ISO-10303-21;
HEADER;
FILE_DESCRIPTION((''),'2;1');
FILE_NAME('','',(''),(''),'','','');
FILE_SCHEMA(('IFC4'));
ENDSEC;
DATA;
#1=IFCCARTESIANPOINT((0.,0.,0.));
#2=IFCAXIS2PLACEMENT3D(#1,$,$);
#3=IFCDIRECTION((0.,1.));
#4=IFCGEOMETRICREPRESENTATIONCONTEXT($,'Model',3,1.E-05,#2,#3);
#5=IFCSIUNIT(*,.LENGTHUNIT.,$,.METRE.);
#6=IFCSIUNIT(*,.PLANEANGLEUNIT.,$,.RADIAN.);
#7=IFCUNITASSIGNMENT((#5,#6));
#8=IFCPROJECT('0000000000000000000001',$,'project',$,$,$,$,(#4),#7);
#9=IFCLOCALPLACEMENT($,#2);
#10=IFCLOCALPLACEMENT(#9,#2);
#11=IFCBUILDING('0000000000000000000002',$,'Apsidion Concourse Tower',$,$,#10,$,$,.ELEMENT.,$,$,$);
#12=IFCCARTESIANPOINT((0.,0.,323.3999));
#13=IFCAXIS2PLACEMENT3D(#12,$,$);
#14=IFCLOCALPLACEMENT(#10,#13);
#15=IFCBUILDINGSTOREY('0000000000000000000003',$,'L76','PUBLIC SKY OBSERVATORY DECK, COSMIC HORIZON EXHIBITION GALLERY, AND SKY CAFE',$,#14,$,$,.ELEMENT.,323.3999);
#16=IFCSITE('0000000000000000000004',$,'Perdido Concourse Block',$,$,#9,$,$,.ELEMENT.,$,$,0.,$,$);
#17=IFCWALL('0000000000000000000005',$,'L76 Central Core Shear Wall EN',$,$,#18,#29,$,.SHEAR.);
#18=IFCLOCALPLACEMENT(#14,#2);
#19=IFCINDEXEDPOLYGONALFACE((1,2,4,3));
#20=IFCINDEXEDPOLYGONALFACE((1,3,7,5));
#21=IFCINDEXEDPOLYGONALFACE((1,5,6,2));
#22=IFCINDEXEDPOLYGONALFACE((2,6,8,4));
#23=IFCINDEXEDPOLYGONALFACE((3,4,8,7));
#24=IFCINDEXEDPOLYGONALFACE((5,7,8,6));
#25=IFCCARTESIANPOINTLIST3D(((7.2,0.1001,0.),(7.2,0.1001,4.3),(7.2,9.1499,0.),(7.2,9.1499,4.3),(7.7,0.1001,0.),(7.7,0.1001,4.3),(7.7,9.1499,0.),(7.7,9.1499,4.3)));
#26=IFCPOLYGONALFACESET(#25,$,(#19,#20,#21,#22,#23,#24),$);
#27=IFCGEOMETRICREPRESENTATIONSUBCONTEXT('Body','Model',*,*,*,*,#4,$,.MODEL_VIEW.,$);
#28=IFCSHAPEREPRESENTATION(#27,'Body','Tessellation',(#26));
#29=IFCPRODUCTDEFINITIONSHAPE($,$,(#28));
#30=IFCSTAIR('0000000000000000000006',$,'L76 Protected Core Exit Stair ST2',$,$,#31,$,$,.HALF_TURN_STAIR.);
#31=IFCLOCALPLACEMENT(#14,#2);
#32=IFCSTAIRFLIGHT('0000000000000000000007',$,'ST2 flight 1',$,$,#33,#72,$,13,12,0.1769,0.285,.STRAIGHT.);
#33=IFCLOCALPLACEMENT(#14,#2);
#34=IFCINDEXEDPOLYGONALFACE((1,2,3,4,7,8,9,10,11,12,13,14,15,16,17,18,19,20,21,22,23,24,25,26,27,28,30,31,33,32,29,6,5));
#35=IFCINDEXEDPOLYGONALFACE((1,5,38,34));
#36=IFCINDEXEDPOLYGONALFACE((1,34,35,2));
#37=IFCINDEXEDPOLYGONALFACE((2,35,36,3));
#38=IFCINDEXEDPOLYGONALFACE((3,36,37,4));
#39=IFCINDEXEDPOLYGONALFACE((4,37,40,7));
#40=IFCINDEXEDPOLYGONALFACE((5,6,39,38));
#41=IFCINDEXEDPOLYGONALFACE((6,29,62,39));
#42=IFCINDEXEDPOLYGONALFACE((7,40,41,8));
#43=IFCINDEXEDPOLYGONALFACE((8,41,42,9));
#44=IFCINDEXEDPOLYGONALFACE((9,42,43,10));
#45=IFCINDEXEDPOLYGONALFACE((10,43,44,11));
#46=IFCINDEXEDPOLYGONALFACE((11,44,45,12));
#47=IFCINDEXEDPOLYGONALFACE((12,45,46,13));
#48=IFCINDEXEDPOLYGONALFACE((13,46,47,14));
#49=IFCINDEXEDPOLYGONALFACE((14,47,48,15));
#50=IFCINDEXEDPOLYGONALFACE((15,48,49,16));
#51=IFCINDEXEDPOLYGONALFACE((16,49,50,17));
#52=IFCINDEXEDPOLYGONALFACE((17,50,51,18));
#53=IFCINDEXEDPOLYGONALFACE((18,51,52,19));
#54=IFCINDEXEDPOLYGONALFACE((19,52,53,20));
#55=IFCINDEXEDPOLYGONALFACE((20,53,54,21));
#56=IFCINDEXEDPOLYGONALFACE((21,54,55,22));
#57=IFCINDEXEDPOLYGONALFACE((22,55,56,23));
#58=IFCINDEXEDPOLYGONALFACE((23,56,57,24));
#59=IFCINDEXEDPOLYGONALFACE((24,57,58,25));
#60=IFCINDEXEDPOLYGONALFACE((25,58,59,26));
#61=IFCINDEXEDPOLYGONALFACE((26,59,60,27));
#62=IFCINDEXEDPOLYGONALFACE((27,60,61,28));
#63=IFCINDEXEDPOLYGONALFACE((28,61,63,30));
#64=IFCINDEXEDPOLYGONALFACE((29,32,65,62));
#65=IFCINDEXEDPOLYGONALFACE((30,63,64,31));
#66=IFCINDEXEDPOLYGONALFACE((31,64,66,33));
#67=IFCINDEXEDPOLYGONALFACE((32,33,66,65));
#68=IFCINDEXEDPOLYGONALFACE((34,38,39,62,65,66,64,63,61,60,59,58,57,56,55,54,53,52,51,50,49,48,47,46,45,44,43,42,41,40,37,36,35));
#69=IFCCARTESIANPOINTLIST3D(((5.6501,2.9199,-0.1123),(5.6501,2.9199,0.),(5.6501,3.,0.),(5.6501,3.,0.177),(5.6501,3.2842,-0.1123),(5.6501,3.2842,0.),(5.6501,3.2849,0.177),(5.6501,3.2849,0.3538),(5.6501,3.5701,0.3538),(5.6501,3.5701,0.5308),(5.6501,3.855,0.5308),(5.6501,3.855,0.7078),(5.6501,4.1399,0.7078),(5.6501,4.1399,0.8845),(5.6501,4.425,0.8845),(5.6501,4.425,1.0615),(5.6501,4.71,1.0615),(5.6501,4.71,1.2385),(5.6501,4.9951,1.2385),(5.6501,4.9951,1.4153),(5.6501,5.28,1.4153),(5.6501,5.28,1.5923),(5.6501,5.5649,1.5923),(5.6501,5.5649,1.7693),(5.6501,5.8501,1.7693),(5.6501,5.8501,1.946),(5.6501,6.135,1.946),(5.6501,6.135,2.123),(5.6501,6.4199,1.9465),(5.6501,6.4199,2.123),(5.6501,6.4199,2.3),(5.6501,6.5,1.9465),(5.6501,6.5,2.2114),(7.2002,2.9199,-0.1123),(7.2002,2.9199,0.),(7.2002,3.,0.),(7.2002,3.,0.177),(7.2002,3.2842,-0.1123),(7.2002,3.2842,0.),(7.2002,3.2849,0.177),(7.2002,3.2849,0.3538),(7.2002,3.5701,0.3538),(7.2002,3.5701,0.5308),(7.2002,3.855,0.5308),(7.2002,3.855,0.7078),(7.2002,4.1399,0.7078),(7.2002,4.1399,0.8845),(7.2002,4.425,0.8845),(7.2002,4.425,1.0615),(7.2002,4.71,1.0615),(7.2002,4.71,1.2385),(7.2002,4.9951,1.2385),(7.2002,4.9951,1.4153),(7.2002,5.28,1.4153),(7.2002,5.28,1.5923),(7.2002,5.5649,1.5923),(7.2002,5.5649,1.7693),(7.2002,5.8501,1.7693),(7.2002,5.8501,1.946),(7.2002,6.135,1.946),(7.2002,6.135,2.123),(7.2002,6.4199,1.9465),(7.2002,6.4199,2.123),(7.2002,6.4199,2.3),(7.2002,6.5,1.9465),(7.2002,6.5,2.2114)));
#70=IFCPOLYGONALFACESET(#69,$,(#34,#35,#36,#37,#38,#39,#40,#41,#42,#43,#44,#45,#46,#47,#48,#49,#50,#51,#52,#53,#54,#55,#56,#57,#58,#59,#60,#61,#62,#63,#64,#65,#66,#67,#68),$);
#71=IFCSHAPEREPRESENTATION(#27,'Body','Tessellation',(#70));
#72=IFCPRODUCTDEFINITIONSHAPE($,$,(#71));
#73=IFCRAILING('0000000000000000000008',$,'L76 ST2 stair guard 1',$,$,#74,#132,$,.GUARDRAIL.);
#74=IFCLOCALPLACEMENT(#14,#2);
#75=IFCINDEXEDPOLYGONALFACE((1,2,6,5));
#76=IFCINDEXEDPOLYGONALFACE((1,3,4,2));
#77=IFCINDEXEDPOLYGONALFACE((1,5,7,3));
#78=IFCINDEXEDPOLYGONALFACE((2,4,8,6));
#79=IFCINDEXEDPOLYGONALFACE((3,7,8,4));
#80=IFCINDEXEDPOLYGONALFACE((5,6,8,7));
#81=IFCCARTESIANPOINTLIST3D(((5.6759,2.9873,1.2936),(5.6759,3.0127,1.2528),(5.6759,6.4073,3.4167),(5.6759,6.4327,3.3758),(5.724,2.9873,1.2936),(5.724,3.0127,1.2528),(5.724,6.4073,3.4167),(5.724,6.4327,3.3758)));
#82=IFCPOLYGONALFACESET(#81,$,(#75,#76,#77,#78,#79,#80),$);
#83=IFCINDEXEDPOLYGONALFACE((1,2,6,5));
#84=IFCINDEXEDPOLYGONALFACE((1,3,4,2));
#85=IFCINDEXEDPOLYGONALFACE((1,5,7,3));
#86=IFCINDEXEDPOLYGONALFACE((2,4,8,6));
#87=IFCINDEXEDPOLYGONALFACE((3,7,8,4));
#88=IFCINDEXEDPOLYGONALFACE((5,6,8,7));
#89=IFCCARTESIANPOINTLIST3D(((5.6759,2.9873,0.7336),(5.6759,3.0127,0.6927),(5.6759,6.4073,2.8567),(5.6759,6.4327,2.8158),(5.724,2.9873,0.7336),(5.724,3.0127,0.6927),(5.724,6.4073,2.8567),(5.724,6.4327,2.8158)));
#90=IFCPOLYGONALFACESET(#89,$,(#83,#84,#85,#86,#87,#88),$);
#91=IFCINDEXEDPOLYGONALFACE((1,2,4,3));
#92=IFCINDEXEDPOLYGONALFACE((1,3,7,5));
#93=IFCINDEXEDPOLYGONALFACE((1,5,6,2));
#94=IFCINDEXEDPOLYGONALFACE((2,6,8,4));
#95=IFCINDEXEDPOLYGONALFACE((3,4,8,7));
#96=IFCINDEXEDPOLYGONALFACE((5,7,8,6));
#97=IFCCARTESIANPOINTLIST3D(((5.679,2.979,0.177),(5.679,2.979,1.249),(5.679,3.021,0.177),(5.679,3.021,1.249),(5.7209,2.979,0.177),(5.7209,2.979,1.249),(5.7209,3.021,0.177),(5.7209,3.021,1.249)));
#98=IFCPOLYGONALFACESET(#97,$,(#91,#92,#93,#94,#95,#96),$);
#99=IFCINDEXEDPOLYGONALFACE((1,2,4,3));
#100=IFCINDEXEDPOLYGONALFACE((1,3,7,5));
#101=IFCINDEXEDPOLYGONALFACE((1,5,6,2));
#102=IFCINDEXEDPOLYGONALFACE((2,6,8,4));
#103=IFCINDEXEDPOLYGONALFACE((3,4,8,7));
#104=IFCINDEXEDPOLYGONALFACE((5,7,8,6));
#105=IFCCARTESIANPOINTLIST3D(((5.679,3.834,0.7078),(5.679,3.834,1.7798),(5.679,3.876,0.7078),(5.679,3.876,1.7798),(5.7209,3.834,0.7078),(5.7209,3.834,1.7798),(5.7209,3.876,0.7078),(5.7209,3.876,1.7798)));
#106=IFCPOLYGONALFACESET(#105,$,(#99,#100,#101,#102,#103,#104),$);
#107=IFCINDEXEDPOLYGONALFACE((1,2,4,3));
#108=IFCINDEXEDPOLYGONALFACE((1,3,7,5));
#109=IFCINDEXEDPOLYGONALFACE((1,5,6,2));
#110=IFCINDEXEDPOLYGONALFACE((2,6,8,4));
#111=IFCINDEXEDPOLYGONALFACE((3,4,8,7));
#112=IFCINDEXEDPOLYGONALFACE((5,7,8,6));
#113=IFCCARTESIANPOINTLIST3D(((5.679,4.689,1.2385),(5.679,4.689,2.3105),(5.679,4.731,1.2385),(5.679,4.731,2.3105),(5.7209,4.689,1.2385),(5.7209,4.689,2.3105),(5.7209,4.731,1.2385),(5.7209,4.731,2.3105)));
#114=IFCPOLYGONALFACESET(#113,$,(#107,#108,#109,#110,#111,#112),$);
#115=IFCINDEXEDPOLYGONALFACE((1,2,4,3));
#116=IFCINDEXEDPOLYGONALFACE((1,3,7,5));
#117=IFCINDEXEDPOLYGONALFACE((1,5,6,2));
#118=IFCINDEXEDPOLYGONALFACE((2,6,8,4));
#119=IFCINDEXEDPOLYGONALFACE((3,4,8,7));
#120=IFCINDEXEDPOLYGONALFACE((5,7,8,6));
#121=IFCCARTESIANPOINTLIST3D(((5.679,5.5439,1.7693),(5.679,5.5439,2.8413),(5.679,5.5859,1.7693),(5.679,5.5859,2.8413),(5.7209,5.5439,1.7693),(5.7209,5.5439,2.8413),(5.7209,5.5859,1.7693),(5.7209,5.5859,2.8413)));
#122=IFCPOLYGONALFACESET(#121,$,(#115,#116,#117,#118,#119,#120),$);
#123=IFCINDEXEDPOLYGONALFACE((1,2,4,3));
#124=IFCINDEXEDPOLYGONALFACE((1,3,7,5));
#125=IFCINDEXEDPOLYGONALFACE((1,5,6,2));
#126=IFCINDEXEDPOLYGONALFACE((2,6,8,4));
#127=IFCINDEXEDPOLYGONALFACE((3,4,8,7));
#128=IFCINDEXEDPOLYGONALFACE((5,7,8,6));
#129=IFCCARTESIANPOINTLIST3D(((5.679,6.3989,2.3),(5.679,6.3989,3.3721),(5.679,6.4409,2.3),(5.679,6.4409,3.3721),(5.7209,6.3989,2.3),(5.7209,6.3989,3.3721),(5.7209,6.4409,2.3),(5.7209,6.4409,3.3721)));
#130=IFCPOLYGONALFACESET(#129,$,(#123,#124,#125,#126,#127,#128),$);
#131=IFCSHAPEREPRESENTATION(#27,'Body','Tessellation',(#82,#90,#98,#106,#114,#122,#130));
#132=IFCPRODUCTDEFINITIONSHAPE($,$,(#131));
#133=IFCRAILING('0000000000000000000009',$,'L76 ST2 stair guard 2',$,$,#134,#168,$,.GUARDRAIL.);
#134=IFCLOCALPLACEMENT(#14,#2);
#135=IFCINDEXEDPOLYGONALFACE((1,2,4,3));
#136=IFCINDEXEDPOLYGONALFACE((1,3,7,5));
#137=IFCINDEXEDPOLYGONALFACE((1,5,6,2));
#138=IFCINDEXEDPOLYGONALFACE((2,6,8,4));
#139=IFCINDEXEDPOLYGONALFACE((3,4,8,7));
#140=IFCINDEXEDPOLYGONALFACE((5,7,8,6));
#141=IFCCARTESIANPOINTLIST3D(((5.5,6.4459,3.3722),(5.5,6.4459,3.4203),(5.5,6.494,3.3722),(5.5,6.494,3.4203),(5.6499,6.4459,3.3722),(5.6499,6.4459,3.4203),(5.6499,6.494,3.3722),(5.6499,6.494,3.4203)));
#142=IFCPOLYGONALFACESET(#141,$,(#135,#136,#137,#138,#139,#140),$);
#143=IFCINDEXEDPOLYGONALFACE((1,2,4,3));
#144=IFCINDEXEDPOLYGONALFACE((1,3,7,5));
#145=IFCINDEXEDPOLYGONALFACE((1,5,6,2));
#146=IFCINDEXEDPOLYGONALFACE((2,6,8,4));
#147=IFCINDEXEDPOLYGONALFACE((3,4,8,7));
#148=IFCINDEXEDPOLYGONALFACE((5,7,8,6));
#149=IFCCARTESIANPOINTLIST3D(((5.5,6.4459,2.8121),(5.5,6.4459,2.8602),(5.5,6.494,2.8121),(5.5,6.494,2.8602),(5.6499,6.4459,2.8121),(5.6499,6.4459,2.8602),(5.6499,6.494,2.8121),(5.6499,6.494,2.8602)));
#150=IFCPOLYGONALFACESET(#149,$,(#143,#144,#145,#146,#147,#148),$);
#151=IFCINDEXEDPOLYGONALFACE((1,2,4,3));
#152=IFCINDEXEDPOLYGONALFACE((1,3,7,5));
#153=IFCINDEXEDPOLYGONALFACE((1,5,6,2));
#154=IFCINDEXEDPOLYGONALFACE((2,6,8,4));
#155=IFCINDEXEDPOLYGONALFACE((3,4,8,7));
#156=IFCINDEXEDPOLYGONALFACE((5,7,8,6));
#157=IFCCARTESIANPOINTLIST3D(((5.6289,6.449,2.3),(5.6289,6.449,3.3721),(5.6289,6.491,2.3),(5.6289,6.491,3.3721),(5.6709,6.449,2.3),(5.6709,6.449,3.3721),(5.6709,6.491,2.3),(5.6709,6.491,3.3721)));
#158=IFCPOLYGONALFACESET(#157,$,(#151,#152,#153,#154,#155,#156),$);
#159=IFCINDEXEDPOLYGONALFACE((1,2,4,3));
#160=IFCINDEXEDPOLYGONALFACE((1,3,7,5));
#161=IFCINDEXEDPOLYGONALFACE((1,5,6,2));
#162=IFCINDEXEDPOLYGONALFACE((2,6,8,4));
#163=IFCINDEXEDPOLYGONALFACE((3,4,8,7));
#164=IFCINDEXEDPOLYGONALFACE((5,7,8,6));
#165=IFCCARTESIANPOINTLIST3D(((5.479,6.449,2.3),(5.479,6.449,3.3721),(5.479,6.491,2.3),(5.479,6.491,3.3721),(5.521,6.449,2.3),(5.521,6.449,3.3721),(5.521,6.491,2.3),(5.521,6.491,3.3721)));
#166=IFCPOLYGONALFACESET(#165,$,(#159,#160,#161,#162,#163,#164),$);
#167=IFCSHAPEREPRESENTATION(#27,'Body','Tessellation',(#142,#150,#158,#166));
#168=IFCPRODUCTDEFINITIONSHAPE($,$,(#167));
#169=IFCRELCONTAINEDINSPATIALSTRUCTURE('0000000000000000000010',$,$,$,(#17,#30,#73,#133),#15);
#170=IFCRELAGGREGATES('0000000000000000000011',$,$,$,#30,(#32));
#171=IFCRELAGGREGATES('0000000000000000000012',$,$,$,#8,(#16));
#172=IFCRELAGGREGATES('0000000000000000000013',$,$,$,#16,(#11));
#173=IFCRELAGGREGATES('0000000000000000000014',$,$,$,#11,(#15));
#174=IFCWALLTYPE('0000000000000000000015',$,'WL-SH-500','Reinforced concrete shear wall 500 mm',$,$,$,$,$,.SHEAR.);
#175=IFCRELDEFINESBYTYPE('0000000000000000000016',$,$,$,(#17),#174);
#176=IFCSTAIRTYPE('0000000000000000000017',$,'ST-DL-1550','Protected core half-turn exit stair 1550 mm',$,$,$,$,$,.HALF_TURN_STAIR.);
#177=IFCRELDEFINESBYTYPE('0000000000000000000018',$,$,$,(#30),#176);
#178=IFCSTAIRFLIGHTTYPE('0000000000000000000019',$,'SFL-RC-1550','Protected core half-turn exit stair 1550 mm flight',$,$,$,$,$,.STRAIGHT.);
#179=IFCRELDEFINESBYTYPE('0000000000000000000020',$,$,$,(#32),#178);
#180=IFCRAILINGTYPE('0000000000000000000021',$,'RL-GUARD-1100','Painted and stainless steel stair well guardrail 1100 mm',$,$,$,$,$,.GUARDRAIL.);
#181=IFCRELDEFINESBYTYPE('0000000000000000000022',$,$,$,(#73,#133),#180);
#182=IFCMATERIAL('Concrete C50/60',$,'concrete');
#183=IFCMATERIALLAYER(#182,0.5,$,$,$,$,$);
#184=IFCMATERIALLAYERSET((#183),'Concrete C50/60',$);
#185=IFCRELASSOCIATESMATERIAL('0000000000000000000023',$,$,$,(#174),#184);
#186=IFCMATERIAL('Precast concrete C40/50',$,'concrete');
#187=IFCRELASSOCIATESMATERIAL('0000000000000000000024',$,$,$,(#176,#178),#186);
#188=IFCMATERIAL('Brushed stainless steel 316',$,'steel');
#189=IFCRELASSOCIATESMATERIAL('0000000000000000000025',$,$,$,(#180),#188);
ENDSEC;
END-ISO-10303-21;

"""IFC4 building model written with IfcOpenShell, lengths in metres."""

from ifc_helpers import new_model, si_unit, direction, frame, frame_2d, origin, origin_2d, place, context, subcontext, project, spatial, polyline, rectangle, outline, extrude, material, layer, layer_set, type_object, element, aggregate, save


model = new_model("IFC4")

# Units and contexts
model_context = context("Model", 3, precision=1e-05, world=origin(), true_north=direction((0.0, 1.0)))
body_context = subcontext(model_context, "Body", "Model", "MODEL_VIEW")
ifc_project = project(units=[si_unit("LENGTHUNIT", "METRE"), si_unit("PLANEANGLEUNIT", "RADIAN")], contexts=[model_context])

# Site, building, storey
site_placement = place(None, origin())
site = spatial("IfcSite", under=ifc_project, at=site_placement, Name="Perdido Concourse Block", CompositionType="ELEMENT", RefElevation=0.0)
building_placement = place(site_placement, origin())
building = spatial("IfcBuilding", under=site, at=building_placement, Name="Apsidion Concourse Tower", CompositionType="ELEMENT")
storey_placement = place(building_placement, frame((0.0, 0.0, 323.3999)))
storey = spatial("IfcBuildingStorey", under=building, at=storey_placement, Name="L76", Description="PUBLIC SKY OBSERVATORY DECK, COSMIC HORIZON EXHIBITION GALLERY, AND SKY CAFE", CompositionType="ELEMENT", Elevation=323.3999)

# Shared definitions
ifc_material_1 = material(Name="Concrete C50/60", Category="concrete")

# Shared definitions
ifc_material_2 = material(Name="Brushed stainless steel 316", Category="steel")

# Wall
ifc_layer_1 = layer(ifc_material_1, 0.5)
ifc_layer_set_1 = layer_set([ifc_layer_1], Name="Concrete C50/60")
wall_type_1 = type_object("IfcWallType", Name="WL-SH-500", Description="Reinforced concrete shear wall 500 mm", PredefinedType="SHEAR", material=ifc_layer_set_1)
wall_1_placement = place(storey_placement, frame((7.45, 0.1001, 0.0), z_axis=(0.0, 0.0, 1.0), x_axis=(0.0, 1.0, 0.0)))
element("IfcWall", 1, at=wall_1_placement, inside=storey, type_object=wall_type_1, Name="L76 Central Core Shear Wall EN", PredefinedType="SHEAR", context=body_context, shape_type="SweptSolid", body=[
    extrude(rectangle(XDim=9.0498, YDim=0.5, at=frame_2d((4.5249, 0.0))), origin(), (0.0, 0.0, 1.0), 4.3),
])

# Stair, stair flight
ifc_material_3 = material(Name="Precast concrete C40/50", Category="concrete")
stair_type = type_object("IfcStairType", Name="ST-DL-1550", Description="Protected core half-turn exit stair 1550 mm", PredefinedType="HALF_TURN_STAIR", material=ifc_material_3)
stair_placement = place(storey_placement, origin())
stair = element("IfcStair", 2, at=stair_placement, inside=storey, type_object=stair_type, Name="L76 Protected Core Exit Stair ST2", PredefinedType="HALF_TURN_STAIR")
stair_flight_type = type_object("IfcStairFlightType", Name="SFL-RC-1550", Description="Protected core half-turn exit stair 1550 mm flight", PredefinedType="STRAIGHT", material=ifc_material_3)
stair_flight_placement = place(storey_placement, frame((6.425, 3.0, 0.0), z_axis=(0.0, 0.0, 1.0), x_axis=(0.0, 1.0, 0.0)))
stair_flight = element("IfcStairFlight", 3, at=stair_flight_placement, type_object=stair_flight_type, Name="ST2 flight 1", NumberOfRisers=13, NumberOfTreads=12, PredefinedType="STRAIGHT", RiserHeight=0.1769, TreadLength=0.285, context=body_context, shape_type="SweptSolid", body=[
    extrude(outline(polyline([(-0.0801, -0.1123), (-0.0801, 0.0), (0.0, 0.0), (0.0, 0.177), (0.2849, 0.177), (0.2849, 0.3538), (0.5701, 0.3538), (0.5701, 0.5308), (0.855, 0.5308), (0.855, 0.7078), (1.1399, 0.7078), (1.1399, 0.8845), (1.425, 0.8845), (1.425, 1.0615), (1.71, 1.0615), (1.71, 1.2385), (1.9951, 1.2385), (1.9951, 1.4153), (2.28, 1.4153), (2.28, 1.5923), (2.5649, 1.5923), (2.5649, 1.7693), (2.8501, 1.7693), (2.8501, 1.946), (3.135, 1.946), (3.135, 2.123), (3.4199, 2.123), (3.4199, 2.3), (3.5, 2.2114), (3.5, 1.9465), (3.4199, 1.9465), (0.2842, 0.0), (0.2842, -0.1123), (-0.0801, -0.1123)])), frame((0.0, 0.7749, 0.0), z_axis=(0.0, -1.0, 0.0), x_axis=(1.0, 0.0, 0.0)), (0.0, 0.0, 1.0), 1.55),
])
aggregate(stair, [stair_flight])

# Railings
railing_type_1 = type_object("IfcRailingType", Name="RL-GUARD-1100", Description="Painted and stainless steel stair well guardrail 1100 mm", PredefinedType="GUARDRAIL", material=ifc_material_2)
railing_1_placement = place(storey_placement, frame((5.7, 3.0, 0.177)))
element("IfcRailing", 4, at=railing_1_placement, inside=storey, type_object=railing_type_1, Name="L76 ST2 stair guard 1", PredefinedType="GUARDRAIL", context=body_context, shape_type="SweptSolid", body=[
    extrude(rectangle(XDim=0.0481, YDim=0.0481, at=origin_2d()), frame((0.0, 0.0, 1.0962), z_axis=(0.0, 0.849603, 0.527423), x_axis=(-1.0, 0.0, 0.0)), (0.0, 0.0, 1.0), 4.0254),
    extrude(rectangle(XDim=0.0481, YDim=0.0481, at=origin_2d()), frame((0.0, 0.0, 0.5361), z_axis=(0.0, 0.849603, 0.527423), x_axis=(-1.0, 0.0, 0.0)), (0.0, 0.0, 1.0), 4.0254),
    extrude(rectangle(XDim=0.042, YDim=0.042, at=origin_2d()), origin(), (0.0, 0.0, 1.0), 1.072),
    extrude(rectangle(XDim=0.042, YDim=0.042, at=origin_2d()), frame((0.0, 0.855, 0.5308)), (0.0, 0.0, 1.0), 1.072),
    extrude(rectangle(XDim=0.042, YDim=0.042, at=origin_2d()), frame((0.0, 1.71, 1.0615)), (0.0, 0.0, 1.0), 1.072),
    extrude(rectangle(XDim=0.042, YDim=0.042, at=origin_2d()), frame((0.0, 2.5649, 1.5923)), (0.0, 0.0, 1.0), 1.072),
    extrude(rectangle(XDim=0.042, YDim=0.042, at=origin_2d()), frame((0.0, 3.4199, 2.123)), (0.0, 0.0, 1.0), 1.072),
])
railing_2_placement = place(storey_placement, frame((5.6499, 6.47, 2.3)))
element("IfcRailing", 5, at=railing_2_placement, inside=storey, type_object=railing_type_1, Name="L76 ST2 stair guard 2", PredefinedType="GUARDRAIL", context=body_context, shape_type="SweptSolid", body=[
    extrude(rectangle(XDim=0.0481, YDim=0.0481, at=origin_2d()), frame((0.0, 0.0, 1.0962), z_axis=(-1.0, 0.0, 0.0), x_axis=(0.0, -1.0, 0.0)), (0.0, 0.0, 1.0), 0.1499),
    extrude(rectangle(XDim=0.0481, YDim=0.0481, at=origin_2d()), frame((0.0, 0.0, 0.5361), z_axis=(-1.0, 0.0, 0.0), x_axis=(0.0, -1.0, 0.0)), (0.0, 0.0, 1.0), 0.1499),
    extrude(rectangle(XDim=0.042, YDim=0.042, at=origin_2d()), origin(), (0.0, 0.0, 1.0), 1.072),
    extrude(rectangle(XDim=0.042, YDim=0.042, at=origin_2d()), frame((-0.1499, 0.0, 0.0)), (0.0, 0.0, 1.0), 1.072),
])

save(model, "model.ifc")
